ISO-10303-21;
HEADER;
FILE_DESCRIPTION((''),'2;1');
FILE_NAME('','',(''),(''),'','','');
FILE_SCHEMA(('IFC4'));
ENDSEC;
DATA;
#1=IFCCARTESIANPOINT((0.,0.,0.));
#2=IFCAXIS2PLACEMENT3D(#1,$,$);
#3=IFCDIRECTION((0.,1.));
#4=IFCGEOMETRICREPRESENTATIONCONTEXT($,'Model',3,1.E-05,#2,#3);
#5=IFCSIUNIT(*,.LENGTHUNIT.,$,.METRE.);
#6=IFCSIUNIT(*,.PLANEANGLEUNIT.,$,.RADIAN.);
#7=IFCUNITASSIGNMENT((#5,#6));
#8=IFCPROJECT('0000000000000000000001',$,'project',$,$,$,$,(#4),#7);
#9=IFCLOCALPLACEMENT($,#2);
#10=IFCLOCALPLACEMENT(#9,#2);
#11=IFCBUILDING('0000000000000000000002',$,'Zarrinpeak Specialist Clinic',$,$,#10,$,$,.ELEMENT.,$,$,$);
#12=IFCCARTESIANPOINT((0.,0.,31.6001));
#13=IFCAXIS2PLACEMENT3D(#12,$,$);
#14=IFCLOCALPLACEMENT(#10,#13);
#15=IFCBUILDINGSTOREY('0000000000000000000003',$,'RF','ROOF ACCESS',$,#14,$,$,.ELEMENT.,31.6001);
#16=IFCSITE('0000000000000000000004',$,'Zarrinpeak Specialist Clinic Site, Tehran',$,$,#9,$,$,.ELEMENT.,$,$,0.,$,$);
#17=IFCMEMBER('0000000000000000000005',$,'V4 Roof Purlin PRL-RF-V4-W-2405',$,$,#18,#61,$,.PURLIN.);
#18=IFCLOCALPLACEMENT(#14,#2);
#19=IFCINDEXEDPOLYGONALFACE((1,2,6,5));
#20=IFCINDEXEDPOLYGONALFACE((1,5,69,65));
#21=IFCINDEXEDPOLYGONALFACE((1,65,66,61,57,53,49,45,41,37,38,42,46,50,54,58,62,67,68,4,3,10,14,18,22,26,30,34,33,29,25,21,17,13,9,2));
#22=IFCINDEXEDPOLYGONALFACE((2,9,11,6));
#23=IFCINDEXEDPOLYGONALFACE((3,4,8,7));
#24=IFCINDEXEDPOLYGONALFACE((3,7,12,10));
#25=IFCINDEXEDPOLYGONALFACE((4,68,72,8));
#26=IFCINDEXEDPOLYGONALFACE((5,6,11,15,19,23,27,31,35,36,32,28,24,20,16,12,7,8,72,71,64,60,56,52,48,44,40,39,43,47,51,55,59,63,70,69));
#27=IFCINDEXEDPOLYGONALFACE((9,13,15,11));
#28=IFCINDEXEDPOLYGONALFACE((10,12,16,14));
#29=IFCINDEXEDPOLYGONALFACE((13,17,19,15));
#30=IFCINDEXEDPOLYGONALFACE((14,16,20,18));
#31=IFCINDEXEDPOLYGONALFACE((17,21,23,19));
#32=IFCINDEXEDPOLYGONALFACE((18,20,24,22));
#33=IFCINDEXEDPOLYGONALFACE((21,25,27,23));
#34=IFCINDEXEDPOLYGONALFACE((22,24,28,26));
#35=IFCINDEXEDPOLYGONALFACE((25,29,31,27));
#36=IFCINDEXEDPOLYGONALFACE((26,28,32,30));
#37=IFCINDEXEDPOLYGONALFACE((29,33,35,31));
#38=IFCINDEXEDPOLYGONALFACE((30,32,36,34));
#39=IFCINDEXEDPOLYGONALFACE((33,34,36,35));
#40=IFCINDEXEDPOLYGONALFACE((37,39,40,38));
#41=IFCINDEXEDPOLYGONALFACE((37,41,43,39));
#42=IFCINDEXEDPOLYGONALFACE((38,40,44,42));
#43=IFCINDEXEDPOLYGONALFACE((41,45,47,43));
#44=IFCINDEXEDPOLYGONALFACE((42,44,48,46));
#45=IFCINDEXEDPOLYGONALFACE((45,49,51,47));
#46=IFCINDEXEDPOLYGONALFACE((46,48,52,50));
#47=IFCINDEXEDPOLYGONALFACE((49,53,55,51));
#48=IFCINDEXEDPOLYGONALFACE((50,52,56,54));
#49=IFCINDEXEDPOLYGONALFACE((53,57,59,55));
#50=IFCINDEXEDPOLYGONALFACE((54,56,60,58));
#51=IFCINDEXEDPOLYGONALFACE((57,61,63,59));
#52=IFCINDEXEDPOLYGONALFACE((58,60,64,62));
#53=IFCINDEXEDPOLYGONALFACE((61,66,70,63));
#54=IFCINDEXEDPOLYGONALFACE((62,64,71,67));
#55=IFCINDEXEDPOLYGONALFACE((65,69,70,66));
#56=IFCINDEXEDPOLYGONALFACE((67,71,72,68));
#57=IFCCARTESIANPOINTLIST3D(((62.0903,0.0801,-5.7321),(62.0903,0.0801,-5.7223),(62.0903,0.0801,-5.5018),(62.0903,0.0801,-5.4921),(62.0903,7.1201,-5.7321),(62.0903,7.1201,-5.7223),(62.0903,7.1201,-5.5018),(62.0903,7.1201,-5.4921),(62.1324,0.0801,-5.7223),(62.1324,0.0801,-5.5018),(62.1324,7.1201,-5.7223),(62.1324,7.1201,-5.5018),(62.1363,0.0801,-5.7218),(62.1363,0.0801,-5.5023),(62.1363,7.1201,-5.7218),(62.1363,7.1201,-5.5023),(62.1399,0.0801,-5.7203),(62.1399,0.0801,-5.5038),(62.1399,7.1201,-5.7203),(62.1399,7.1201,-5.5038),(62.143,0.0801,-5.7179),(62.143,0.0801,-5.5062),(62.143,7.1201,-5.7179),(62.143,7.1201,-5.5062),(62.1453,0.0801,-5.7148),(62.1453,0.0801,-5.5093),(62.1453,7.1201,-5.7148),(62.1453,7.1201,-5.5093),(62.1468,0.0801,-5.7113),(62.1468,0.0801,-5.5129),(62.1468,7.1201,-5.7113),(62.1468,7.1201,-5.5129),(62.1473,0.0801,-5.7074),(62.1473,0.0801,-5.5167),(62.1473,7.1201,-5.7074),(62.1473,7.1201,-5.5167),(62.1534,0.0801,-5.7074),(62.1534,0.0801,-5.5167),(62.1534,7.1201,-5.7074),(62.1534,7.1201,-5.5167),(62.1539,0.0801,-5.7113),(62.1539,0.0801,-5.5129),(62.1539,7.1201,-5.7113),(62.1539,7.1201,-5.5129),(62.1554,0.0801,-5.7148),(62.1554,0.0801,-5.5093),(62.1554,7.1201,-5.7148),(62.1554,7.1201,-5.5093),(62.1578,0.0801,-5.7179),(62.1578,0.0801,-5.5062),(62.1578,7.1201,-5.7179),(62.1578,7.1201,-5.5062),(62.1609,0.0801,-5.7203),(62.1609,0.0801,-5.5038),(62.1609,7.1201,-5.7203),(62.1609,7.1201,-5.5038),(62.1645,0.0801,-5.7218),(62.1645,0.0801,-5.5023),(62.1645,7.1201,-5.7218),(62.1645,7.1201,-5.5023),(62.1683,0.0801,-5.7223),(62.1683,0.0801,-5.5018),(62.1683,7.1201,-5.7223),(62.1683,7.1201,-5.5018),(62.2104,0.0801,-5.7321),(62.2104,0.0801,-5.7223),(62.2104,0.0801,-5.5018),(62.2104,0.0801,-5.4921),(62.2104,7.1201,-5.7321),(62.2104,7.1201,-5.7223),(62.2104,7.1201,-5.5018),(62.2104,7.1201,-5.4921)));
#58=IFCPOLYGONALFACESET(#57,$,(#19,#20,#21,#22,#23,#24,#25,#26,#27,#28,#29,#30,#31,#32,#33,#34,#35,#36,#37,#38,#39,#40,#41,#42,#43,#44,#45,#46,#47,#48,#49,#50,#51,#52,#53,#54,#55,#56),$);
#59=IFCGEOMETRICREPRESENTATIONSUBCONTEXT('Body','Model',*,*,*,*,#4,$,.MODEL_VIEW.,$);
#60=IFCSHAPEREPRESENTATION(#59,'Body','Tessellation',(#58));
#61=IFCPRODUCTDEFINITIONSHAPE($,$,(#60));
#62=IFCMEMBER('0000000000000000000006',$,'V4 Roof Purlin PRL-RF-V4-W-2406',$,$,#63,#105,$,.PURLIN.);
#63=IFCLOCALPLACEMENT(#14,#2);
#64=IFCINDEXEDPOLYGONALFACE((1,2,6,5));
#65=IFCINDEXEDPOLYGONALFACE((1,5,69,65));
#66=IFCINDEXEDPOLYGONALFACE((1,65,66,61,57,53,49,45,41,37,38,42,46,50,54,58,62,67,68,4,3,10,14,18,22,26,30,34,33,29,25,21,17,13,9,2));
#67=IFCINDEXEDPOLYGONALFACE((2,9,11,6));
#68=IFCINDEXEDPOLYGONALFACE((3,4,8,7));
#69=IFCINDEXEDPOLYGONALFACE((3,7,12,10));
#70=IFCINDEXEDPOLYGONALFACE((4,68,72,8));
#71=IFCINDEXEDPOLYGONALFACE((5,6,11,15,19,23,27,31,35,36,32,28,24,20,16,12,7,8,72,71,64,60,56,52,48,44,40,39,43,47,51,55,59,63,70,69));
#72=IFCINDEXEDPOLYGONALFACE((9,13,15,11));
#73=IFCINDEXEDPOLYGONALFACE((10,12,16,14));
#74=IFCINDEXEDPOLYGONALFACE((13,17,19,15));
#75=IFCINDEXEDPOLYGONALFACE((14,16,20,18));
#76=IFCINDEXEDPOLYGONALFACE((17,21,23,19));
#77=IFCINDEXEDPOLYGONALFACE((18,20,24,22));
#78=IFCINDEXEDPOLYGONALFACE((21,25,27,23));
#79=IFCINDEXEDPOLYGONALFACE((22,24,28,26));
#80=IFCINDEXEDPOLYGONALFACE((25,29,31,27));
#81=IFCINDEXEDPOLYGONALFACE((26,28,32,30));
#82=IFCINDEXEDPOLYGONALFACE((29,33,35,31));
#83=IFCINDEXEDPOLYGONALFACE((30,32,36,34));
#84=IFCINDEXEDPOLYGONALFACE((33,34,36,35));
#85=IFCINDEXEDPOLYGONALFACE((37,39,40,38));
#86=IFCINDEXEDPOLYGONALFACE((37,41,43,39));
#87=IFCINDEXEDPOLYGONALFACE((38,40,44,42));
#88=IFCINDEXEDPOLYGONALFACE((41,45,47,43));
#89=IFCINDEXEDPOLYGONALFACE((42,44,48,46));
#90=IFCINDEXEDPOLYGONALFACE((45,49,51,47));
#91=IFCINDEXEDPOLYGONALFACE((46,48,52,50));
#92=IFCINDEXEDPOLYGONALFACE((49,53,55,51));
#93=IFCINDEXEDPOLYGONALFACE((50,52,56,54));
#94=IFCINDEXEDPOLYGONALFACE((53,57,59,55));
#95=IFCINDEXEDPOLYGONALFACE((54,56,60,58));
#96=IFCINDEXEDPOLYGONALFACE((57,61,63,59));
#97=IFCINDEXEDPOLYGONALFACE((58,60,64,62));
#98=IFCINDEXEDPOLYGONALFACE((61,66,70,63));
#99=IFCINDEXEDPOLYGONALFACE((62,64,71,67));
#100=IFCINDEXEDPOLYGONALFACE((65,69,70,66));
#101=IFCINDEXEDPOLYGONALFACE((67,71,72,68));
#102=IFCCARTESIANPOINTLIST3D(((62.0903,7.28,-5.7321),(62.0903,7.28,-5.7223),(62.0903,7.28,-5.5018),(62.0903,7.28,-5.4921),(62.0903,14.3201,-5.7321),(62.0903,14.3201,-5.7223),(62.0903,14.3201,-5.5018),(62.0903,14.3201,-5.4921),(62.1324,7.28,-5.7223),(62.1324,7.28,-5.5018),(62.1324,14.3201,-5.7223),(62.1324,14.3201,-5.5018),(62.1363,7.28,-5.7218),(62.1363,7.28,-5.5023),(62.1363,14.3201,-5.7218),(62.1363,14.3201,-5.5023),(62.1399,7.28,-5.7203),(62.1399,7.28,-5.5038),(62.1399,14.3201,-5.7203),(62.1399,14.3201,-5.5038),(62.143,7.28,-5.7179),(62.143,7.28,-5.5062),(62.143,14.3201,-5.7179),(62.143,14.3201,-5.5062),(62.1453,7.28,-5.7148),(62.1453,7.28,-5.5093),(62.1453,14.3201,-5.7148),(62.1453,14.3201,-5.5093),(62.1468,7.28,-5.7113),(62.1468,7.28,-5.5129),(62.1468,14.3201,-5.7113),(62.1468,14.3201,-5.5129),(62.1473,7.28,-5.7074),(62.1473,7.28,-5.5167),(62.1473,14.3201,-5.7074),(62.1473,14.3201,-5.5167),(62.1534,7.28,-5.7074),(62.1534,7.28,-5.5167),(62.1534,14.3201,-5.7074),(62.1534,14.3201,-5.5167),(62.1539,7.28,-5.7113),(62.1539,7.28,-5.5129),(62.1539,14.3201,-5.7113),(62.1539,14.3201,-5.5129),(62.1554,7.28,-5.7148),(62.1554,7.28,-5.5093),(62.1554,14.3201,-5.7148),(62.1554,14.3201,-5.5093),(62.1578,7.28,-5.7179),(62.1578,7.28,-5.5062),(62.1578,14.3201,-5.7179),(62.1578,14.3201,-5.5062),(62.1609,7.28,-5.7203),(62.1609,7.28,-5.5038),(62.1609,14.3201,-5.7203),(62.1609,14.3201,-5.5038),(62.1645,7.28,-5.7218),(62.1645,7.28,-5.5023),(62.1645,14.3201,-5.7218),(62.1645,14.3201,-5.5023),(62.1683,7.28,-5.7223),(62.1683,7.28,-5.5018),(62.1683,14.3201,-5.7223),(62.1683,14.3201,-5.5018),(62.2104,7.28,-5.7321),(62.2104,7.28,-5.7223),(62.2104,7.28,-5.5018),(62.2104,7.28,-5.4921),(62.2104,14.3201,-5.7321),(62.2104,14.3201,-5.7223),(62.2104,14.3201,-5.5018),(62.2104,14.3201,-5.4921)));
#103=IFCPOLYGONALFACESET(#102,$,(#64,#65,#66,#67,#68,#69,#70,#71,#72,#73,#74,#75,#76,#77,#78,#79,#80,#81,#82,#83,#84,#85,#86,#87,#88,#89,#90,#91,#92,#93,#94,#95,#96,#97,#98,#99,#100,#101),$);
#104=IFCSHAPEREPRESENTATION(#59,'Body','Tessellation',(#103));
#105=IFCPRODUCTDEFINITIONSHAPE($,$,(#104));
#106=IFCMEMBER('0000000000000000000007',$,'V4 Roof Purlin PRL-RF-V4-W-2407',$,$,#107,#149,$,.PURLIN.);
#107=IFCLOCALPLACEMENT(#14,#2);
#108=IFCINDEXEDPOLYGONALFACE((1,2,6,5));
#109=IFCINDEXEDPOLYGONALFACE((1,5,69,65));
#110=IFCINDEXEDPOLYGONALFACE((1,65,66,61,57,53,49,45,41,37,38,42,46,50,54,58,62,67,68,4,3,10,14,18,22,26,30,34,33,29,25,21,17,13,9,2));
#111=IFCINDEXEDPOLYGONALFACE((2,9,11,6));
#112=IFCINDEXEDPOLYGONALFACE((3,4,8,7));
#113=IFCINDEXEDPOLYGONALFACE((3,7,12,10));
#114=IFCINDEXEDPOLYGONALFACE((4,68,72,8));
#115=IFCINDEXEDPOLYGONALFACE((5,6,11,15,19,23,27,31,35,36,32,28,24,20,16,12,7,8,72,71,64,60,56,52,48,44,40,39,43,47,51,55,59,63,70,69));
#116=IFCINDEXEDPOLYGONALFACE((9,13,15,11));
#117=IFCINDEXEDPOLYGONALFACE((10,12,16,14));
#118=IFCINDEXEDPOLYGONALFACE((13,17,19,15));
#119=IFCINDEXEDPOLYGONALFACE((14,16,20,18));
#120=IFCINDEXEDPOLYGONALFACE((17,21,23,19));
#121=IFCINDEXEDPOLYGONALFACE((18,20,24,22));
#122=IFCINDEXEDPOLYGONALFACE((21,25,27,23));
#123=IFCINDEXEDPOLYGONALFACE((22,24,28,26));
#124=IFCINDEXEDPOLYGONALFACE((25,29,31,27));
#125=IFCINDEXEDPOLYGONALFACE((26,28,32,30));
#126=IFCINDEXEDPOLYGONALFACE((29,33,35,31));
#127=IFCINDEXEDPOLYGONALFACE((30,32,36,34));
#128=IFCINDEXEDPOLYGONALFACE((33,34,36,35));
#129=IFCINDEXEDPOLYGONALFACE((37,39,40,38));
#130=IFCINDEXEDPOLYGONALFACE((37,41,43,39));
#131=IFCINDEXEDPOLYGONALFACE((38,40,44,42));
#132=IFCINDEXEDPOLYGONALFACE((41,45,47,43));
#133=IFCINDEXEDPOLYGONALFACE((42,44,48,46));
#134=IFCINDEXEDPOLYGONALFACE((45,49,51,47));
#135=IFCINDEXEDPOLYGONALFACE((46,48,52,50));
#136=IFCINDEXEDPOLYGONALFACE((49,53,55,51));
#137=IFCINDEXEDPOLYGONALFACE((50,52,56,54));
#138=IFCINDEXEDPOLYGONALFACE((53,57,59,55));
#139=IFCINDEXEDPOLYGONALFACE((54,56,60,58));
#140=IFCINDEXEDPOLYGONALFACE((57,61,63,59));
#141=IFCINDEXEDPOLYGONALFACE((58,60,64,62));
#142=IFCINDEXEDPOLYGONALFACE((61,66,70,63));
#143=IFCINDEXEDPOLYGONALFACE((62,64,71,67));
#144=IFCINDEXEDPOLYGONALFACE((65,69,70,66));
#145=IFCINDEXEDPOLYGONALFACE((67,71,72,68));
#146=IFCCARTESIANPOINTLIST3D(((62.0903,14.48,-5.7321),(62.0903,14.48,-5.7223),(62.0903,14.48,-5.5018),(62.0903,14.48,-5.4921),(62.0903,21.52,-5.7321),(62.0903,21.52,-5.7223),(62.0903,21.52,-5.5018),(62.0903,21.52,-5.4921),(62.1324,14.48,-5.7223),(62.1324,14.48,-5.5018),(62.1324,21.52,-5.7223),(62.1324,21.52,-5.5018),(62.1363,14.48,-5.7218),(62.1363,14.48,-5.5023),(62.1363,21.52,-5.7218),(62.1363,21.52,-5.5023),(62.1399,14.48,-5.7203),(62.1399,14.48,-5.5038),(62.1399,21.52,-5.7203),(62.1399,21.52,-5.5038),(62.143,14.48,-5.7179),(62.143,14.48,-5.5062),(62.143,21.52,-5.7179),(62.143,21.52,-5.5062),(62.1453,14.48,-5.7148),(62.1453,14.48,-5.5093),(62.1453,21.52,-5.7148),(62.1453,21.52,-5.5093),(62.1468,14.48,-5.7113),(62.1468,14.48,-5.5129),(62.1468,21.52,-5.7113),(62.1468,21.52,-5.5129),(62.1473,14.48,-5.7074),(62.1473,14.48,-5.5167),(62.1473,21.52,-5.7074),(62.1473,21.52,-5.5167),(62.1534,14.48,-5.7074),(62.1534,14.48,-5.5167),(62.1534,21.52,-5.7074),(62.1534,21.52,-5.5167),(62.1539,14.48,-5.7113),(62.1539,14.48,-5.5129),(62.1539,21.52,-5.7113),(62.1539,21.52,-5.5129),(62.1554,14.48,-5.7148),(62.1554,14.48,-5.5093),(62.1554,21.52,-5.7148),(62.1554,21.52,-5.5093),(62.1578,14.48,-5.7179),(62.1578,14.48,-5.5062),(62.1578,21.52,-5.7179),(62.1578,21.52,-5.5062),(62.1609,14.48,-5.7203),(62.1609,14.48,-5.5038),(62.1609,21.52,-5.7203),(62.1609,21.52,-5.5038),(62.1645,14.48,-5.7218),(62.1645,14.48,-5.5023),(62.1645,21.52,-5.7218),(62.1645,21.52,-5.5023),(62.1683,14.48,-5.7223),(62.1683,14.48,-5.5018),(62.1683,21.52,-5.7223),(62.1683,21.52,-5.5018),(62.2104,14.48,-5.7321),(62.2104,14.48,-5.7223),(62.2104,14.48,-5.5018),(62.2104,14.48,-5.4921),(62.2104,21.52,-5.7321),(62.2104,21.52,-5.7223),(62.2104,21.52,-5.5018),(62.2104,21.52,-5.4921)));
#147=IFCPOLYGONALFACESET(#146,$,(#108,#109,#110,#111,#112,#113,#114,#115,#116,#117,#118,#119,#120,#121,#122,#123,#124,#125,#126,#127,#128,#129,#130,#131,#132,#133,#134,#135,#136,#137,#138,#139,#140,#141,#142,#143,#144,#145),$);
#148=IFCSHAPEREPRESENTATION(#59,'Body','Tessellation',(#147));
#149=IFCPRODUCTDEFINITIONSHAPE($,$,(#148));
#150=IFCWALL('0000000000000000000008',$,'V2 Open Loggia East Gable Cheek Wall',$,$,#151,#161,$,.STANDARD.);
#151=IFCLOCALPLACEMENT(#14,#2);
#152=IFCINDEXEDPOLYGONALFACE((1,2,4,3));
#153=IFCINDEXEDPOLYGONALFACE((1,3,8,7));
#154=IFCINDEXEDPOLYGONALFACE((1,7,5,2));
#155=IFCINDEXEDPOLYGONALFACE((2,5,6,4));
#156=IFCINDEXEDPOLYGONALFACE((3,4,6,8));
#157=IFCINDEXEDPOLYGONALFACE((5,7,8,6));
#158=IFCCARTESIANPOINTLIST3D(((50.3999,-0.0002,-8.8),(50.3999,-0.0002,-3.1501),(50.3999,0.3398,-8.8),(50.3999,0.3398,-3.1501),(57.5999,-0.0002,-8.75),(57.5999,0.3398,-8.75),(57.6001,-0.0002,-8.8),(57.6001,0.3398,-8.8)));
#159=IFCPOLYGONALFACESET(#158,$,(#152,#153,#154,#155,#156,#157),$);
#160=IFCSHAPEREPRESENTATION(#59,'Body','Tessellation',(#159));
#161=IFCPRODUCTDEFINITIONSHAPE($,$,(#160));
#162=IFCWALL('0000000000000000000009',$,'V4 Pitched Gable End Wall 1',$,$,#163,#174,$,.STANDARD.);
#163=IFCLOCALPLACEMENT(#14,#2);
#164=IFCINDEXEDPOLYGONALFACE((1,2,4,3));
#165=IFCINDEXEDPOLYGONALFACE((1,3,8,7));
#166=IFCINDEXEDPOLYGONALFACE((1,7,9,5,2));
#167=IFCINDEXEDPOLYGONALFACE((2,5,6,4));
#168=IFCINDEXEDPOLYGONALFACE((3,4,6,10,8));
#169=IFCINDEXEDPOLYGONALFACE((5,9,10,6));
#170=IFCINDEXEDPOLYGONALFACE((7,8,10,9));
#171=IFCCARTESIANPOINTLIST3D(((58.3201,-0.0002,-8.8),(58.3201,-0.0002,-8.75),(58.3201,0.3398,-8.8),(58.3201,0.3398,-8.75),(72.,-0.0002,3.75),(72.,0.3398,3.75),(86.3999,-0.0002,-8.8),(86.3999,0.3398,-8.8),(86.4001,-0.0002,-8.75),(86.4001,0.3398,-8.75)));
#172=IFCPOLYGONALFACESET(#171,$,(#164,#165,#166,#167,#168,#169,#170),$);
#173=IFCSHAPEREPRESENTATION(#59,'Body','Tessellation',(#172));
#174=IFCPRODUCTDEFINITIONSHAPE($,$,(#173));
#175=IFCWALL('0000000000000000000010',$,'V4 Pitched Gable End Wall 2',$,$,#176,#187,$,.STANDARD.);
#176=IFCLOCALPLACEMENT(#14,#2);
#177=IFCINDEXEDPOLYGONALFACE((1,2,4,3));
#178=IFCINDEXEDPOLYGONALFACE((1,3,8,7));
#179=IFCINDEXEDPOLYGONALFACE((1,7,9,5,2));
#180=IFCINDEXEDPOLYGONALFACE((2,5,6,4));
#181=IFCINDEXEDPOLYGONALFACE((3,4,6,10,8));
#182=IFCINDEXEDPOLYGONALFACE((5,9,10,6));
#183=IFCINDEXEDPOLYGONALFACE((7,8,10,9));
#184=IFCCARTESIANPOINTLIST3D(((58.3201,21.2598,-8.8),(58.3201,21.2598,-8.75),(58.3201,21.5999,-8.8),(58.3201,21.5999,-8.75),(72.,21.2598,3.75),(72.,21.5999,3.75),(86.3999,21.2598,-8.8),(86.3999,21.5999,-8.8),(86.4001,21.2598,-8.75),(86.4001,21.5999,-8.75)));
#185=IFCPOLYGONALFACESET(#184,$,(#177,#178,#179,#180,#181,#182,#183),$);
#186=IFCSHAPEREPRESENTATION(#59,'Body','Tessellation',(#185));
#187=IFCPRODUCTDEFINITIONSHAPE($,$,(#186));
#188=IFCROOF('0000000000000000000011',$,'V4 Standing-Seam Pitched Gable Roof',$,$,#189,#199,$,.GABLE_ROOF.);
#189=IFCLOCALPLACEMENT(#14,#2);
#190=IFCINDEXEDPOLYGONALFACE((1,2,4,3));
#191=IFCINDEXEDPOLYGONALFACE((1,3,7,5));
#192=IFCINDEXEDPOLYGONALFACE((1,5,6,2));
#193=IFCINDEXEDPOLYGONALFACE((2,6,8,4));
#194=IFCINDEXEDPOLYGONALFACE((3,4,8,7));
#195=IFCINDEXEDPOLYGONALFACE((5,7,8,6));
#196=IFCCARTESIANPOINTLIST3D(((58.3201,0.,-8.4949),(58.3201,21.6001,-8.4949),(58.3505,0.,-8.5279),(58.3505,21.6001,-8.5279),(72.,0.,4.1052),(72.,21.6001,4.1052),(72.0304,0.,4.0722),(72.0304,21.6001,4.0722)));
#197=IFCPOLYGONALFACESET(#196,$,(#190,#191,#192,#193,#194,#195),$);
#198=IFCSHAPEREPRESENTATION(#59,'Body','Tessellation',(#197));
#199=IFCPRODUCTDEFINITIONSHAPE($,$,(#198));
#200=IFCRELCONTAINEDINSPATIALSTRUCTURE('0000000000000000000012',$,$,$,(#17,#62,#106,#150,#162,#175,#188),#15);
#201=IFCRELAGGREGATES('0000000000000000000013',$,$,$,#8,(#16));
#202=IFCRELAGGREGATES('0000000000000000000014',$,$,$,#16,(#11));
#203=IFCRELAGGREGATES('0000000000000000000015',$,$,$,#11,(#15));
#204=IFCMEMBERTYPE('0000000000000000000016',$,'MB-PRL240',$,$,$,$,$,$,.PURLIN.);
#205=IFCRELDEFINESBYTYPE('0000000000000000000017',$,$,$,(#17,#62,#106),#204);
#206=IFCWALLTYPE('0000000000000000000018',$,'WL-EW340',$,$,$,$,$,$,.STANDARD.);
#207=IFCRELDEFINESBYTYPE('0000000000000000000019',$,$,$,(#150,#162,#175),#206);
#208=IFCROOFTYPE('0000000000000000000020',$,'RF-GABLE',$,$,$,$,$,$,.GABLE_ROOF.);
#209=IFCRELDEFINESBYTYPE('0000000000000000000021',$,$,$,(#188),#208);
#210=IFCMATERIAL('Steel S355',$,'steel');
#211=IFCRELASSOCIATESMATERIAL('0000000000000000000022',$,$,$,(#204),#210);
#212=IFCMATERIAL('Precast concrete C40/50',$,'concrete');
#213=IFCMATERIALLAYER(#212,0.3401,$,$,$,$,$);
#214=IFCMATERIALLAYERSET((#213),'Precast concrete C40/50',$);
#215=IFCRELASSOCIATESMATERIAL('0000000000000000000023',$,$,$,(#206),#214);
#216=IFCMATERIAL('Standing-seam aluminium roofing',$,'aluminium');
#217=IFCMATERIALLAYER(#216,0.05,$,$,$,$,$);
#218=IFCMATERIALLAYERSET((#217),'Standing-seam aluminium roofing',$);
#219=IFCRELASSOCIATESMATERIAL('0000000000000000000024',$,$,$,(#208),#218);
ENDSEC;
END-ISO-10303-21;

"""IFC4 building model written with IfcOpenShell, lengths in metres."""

from ifc_helpers import new_model, si_unit, direction, frame, origin, origin_2d, place, context, subcontext, project, spatial, polyline, i_section, outline, extrude, material, layer, layer_set, material_profile, profile_set, type_object, element, save


model = new_model("IFC4")

# Units and contexts
model_context = context("Model", 3, precision=1e-05, world=origin(), true_north=direction((0.0, 1.0)))
body_context = subcontext(model_context, "Body", "Model", "MODEL_VIEW")
ifc_project = project(units=[si_unit("LENGTHUNIT", "METRE"), si_unit("PLANEANGLEUNIT", "RADIAN")], contexts=[model_context])

# Site, building, storey
site_placement = place(None, origin())
site = spatial("IfcSite", under=ifc_project, at=site_placement, Name="Zarrinpeak Specialist Clinic Site, Tehran", CompositionType="ELEMENT", RefElevation=0.0)
building_placement = place(site_placement, origin())
building = spatial("IfcBuilding", under=site, at=building_placement, Name="Zarrinpeak Specialist Clinic", CompositionType="ELEMENT")
storey_placement = place(building_placement, frame((0.0, 0.0, 31.6001)))
storey = spatial("IfcBuildingStorey", under=building, at=storey_placement, Name="RF", Description="ROOF ACCESS", CompositionType="ELEMENT", Elevation=31.6001)

# Shared definitions
ifc_material_1 = material(Name="Steel S355", Category="steel")

# Members
ifc_material_profile_1 = material_profile(ifc_material_1, i_section(OverallWidth=0.1201, OverallDepth=0.24, WebThickness=0.0061, FlangeThickness=0.0098, FilletRadius=0.0149, at=origin_2d()), Name="IPE 240")
ifc_profile_set_1 = profile_set([ifc_material_profile_1], Name="Steel S355")
member_type_1 = type_object("IfcMemberType", Name="MB-PRL240", PredefinedType="PURLIN", material=ifc_profile_set_1)
for number, where, z_axis, x_axis, name in (
    (1, (62.1504, 0.0801, -5.6121), (0.0, 1.0, 0.0), (-1.0, 0.0, 0.0), "V4 Roof Purlin PRL-RF-V4-W-2405"),
    (2, (62.1504, 7.28, -5.6121), (0.0, 1.0, 0.0), (-1.0, 0.0, 0.0), "V4 Roof Purlin PRL-RF-V4-W-2406"),
    (3, (62.1504, 14.48, -5.6121), (0.0, 1.0, 0.0), (-1.0, 0.0, 0.0), "V4 Roof Purlin PRL-RF-V4-W-2407"),
):
    element("IfcMember", number, at=place(storey_placement, frame(where, z_axis=z_axis, x_axis=x_axis)), inside=storey, type_object=member_type_1, Name=name, PredefinedType="PURLIN", context=body_context, shape_type="SweptSolid", body=[
        extrude(i_section(OverallWidth=0.1201, OverallDepth=0.24, WebThickness=0.0061, FlangeThickness=0.0098, FilletRadius=0.0149, at=origin_2d()), origin(), (0.0, 0.0, 1.0), 7.04),
    ])

# Walls
ifc_material_2 = material(Name="Precast concrete C40/50", Category="concrete")
ifc_layer_1 = layer(ifc_material_2, 0.3401)
ifc_layer_set_1 = layer_set([ifc_layer_1], Name="Precast concrete C40/50")
wall_type = type_object("IfcWallType", Name="WL-EW340", PredefinedType="STANDARD", material=ifc_layer_set_1)
wall_placement = place(storey_placement, frame((50.3999, 0.1699, -8.8), z_axis=(0.0, 0.0, 1.0), x_axis=(1.0, 0.0, 0.0)))
element("IfcWall", 4, at=wall_placement, inside=storey, type_object=wall_type, Name="V2 Open Loggia East Gable Cheek Wall", PredefinedType="STANDARD", context=body_context, shape_type="SweptSolid", body=[
    extrude(outline(polyline([(0.0, 0.0), (7.2002, 0.0), (7.2, 0.05), (0.0, 5.6499), (0.0, 0.0)])), frame((0.0, 0.1699, 0.0), z_axis=(0.0, -1.0, 0.0), x_axis=(1.0, 0.0, 0.0)), (0.0, 0.0, 1.0), 0.3401),
])
for number, where, z_axis, x_axis, name in (
    (5, (58.3201, 0.1699, -8.8), (0.0, 0.0, 1.0), (1.0, 0.0, 0.0), "V4 Pitched Gable End Wall 1"),
    (6, (58.3201, 21.4299, -8.8), (0.0, 0.0, 1.0), (1.0, 0.0, 0.0), "V4 Pitched Gable End Wall 2"),
):
    element("IfcWall", number, at=place(storey_placement, frame(where, z_axis=z_axis, x_axis=x_axis)), inside=storey, type_object=wall_type, Name=name, PredefinedType="STANDARD", context=body_context, shape_type="SweptSolid", body=[
        extrude(outline(polyline([(0.0, 0.0), (28.0798, 0.0), (28.0801, 0.05), (13.6799, 12.55), (0.0, 0.05), (0.0, 0.0)])), frame((0.0, 0.1699, 0.0), z_axis=(0.0, -1.0, 0.0), x_axis=(1.0, 0.0, 0.0)), (0.0, 0.0, 1.0), 0.3401),
    ])

# Roof
ifc_material_3 = material(Name="Standing-seam aluminium roofing", Category="aluminium")
ifc_layer_2 = layer(ifc_material_3, 0.05)
ifc_layer_set_2 = layer_set([ifc_layer_2], Name="Standing-seam aluminium roofing")
roof_type = type_object("IfcRoofType", Name="RF-GABLE", PredefinedType="GABLE_ROOF", material=ifc_layer_set_2)
roof_placement = place(storey_placement, frame((58.3201, 0.0, -8.4949), z_axis=(-0.67748, 0.0, 0.735541), x_axis=(0.735541, 0.0, 0.67748)))
element("IfcRoof", 7, at=roof_placement, inside=storey, type_object=roof_type, Name="V4 Standing-Seam Pitched Gable Roof", PredefinedType="GABLE_ROOF", context=body_context, shape_type="SweptSolid", body=[
    extrude(outline(polyline([(0.0, 0.0), (18.5985, 0.0), (18.5985, 21.6001), (0.0, 21.6001), (0.0, 0.0)])), origin(), (0.0, 0.0, -1.0), 0.0449),
])

save(model, "model.ifc")
